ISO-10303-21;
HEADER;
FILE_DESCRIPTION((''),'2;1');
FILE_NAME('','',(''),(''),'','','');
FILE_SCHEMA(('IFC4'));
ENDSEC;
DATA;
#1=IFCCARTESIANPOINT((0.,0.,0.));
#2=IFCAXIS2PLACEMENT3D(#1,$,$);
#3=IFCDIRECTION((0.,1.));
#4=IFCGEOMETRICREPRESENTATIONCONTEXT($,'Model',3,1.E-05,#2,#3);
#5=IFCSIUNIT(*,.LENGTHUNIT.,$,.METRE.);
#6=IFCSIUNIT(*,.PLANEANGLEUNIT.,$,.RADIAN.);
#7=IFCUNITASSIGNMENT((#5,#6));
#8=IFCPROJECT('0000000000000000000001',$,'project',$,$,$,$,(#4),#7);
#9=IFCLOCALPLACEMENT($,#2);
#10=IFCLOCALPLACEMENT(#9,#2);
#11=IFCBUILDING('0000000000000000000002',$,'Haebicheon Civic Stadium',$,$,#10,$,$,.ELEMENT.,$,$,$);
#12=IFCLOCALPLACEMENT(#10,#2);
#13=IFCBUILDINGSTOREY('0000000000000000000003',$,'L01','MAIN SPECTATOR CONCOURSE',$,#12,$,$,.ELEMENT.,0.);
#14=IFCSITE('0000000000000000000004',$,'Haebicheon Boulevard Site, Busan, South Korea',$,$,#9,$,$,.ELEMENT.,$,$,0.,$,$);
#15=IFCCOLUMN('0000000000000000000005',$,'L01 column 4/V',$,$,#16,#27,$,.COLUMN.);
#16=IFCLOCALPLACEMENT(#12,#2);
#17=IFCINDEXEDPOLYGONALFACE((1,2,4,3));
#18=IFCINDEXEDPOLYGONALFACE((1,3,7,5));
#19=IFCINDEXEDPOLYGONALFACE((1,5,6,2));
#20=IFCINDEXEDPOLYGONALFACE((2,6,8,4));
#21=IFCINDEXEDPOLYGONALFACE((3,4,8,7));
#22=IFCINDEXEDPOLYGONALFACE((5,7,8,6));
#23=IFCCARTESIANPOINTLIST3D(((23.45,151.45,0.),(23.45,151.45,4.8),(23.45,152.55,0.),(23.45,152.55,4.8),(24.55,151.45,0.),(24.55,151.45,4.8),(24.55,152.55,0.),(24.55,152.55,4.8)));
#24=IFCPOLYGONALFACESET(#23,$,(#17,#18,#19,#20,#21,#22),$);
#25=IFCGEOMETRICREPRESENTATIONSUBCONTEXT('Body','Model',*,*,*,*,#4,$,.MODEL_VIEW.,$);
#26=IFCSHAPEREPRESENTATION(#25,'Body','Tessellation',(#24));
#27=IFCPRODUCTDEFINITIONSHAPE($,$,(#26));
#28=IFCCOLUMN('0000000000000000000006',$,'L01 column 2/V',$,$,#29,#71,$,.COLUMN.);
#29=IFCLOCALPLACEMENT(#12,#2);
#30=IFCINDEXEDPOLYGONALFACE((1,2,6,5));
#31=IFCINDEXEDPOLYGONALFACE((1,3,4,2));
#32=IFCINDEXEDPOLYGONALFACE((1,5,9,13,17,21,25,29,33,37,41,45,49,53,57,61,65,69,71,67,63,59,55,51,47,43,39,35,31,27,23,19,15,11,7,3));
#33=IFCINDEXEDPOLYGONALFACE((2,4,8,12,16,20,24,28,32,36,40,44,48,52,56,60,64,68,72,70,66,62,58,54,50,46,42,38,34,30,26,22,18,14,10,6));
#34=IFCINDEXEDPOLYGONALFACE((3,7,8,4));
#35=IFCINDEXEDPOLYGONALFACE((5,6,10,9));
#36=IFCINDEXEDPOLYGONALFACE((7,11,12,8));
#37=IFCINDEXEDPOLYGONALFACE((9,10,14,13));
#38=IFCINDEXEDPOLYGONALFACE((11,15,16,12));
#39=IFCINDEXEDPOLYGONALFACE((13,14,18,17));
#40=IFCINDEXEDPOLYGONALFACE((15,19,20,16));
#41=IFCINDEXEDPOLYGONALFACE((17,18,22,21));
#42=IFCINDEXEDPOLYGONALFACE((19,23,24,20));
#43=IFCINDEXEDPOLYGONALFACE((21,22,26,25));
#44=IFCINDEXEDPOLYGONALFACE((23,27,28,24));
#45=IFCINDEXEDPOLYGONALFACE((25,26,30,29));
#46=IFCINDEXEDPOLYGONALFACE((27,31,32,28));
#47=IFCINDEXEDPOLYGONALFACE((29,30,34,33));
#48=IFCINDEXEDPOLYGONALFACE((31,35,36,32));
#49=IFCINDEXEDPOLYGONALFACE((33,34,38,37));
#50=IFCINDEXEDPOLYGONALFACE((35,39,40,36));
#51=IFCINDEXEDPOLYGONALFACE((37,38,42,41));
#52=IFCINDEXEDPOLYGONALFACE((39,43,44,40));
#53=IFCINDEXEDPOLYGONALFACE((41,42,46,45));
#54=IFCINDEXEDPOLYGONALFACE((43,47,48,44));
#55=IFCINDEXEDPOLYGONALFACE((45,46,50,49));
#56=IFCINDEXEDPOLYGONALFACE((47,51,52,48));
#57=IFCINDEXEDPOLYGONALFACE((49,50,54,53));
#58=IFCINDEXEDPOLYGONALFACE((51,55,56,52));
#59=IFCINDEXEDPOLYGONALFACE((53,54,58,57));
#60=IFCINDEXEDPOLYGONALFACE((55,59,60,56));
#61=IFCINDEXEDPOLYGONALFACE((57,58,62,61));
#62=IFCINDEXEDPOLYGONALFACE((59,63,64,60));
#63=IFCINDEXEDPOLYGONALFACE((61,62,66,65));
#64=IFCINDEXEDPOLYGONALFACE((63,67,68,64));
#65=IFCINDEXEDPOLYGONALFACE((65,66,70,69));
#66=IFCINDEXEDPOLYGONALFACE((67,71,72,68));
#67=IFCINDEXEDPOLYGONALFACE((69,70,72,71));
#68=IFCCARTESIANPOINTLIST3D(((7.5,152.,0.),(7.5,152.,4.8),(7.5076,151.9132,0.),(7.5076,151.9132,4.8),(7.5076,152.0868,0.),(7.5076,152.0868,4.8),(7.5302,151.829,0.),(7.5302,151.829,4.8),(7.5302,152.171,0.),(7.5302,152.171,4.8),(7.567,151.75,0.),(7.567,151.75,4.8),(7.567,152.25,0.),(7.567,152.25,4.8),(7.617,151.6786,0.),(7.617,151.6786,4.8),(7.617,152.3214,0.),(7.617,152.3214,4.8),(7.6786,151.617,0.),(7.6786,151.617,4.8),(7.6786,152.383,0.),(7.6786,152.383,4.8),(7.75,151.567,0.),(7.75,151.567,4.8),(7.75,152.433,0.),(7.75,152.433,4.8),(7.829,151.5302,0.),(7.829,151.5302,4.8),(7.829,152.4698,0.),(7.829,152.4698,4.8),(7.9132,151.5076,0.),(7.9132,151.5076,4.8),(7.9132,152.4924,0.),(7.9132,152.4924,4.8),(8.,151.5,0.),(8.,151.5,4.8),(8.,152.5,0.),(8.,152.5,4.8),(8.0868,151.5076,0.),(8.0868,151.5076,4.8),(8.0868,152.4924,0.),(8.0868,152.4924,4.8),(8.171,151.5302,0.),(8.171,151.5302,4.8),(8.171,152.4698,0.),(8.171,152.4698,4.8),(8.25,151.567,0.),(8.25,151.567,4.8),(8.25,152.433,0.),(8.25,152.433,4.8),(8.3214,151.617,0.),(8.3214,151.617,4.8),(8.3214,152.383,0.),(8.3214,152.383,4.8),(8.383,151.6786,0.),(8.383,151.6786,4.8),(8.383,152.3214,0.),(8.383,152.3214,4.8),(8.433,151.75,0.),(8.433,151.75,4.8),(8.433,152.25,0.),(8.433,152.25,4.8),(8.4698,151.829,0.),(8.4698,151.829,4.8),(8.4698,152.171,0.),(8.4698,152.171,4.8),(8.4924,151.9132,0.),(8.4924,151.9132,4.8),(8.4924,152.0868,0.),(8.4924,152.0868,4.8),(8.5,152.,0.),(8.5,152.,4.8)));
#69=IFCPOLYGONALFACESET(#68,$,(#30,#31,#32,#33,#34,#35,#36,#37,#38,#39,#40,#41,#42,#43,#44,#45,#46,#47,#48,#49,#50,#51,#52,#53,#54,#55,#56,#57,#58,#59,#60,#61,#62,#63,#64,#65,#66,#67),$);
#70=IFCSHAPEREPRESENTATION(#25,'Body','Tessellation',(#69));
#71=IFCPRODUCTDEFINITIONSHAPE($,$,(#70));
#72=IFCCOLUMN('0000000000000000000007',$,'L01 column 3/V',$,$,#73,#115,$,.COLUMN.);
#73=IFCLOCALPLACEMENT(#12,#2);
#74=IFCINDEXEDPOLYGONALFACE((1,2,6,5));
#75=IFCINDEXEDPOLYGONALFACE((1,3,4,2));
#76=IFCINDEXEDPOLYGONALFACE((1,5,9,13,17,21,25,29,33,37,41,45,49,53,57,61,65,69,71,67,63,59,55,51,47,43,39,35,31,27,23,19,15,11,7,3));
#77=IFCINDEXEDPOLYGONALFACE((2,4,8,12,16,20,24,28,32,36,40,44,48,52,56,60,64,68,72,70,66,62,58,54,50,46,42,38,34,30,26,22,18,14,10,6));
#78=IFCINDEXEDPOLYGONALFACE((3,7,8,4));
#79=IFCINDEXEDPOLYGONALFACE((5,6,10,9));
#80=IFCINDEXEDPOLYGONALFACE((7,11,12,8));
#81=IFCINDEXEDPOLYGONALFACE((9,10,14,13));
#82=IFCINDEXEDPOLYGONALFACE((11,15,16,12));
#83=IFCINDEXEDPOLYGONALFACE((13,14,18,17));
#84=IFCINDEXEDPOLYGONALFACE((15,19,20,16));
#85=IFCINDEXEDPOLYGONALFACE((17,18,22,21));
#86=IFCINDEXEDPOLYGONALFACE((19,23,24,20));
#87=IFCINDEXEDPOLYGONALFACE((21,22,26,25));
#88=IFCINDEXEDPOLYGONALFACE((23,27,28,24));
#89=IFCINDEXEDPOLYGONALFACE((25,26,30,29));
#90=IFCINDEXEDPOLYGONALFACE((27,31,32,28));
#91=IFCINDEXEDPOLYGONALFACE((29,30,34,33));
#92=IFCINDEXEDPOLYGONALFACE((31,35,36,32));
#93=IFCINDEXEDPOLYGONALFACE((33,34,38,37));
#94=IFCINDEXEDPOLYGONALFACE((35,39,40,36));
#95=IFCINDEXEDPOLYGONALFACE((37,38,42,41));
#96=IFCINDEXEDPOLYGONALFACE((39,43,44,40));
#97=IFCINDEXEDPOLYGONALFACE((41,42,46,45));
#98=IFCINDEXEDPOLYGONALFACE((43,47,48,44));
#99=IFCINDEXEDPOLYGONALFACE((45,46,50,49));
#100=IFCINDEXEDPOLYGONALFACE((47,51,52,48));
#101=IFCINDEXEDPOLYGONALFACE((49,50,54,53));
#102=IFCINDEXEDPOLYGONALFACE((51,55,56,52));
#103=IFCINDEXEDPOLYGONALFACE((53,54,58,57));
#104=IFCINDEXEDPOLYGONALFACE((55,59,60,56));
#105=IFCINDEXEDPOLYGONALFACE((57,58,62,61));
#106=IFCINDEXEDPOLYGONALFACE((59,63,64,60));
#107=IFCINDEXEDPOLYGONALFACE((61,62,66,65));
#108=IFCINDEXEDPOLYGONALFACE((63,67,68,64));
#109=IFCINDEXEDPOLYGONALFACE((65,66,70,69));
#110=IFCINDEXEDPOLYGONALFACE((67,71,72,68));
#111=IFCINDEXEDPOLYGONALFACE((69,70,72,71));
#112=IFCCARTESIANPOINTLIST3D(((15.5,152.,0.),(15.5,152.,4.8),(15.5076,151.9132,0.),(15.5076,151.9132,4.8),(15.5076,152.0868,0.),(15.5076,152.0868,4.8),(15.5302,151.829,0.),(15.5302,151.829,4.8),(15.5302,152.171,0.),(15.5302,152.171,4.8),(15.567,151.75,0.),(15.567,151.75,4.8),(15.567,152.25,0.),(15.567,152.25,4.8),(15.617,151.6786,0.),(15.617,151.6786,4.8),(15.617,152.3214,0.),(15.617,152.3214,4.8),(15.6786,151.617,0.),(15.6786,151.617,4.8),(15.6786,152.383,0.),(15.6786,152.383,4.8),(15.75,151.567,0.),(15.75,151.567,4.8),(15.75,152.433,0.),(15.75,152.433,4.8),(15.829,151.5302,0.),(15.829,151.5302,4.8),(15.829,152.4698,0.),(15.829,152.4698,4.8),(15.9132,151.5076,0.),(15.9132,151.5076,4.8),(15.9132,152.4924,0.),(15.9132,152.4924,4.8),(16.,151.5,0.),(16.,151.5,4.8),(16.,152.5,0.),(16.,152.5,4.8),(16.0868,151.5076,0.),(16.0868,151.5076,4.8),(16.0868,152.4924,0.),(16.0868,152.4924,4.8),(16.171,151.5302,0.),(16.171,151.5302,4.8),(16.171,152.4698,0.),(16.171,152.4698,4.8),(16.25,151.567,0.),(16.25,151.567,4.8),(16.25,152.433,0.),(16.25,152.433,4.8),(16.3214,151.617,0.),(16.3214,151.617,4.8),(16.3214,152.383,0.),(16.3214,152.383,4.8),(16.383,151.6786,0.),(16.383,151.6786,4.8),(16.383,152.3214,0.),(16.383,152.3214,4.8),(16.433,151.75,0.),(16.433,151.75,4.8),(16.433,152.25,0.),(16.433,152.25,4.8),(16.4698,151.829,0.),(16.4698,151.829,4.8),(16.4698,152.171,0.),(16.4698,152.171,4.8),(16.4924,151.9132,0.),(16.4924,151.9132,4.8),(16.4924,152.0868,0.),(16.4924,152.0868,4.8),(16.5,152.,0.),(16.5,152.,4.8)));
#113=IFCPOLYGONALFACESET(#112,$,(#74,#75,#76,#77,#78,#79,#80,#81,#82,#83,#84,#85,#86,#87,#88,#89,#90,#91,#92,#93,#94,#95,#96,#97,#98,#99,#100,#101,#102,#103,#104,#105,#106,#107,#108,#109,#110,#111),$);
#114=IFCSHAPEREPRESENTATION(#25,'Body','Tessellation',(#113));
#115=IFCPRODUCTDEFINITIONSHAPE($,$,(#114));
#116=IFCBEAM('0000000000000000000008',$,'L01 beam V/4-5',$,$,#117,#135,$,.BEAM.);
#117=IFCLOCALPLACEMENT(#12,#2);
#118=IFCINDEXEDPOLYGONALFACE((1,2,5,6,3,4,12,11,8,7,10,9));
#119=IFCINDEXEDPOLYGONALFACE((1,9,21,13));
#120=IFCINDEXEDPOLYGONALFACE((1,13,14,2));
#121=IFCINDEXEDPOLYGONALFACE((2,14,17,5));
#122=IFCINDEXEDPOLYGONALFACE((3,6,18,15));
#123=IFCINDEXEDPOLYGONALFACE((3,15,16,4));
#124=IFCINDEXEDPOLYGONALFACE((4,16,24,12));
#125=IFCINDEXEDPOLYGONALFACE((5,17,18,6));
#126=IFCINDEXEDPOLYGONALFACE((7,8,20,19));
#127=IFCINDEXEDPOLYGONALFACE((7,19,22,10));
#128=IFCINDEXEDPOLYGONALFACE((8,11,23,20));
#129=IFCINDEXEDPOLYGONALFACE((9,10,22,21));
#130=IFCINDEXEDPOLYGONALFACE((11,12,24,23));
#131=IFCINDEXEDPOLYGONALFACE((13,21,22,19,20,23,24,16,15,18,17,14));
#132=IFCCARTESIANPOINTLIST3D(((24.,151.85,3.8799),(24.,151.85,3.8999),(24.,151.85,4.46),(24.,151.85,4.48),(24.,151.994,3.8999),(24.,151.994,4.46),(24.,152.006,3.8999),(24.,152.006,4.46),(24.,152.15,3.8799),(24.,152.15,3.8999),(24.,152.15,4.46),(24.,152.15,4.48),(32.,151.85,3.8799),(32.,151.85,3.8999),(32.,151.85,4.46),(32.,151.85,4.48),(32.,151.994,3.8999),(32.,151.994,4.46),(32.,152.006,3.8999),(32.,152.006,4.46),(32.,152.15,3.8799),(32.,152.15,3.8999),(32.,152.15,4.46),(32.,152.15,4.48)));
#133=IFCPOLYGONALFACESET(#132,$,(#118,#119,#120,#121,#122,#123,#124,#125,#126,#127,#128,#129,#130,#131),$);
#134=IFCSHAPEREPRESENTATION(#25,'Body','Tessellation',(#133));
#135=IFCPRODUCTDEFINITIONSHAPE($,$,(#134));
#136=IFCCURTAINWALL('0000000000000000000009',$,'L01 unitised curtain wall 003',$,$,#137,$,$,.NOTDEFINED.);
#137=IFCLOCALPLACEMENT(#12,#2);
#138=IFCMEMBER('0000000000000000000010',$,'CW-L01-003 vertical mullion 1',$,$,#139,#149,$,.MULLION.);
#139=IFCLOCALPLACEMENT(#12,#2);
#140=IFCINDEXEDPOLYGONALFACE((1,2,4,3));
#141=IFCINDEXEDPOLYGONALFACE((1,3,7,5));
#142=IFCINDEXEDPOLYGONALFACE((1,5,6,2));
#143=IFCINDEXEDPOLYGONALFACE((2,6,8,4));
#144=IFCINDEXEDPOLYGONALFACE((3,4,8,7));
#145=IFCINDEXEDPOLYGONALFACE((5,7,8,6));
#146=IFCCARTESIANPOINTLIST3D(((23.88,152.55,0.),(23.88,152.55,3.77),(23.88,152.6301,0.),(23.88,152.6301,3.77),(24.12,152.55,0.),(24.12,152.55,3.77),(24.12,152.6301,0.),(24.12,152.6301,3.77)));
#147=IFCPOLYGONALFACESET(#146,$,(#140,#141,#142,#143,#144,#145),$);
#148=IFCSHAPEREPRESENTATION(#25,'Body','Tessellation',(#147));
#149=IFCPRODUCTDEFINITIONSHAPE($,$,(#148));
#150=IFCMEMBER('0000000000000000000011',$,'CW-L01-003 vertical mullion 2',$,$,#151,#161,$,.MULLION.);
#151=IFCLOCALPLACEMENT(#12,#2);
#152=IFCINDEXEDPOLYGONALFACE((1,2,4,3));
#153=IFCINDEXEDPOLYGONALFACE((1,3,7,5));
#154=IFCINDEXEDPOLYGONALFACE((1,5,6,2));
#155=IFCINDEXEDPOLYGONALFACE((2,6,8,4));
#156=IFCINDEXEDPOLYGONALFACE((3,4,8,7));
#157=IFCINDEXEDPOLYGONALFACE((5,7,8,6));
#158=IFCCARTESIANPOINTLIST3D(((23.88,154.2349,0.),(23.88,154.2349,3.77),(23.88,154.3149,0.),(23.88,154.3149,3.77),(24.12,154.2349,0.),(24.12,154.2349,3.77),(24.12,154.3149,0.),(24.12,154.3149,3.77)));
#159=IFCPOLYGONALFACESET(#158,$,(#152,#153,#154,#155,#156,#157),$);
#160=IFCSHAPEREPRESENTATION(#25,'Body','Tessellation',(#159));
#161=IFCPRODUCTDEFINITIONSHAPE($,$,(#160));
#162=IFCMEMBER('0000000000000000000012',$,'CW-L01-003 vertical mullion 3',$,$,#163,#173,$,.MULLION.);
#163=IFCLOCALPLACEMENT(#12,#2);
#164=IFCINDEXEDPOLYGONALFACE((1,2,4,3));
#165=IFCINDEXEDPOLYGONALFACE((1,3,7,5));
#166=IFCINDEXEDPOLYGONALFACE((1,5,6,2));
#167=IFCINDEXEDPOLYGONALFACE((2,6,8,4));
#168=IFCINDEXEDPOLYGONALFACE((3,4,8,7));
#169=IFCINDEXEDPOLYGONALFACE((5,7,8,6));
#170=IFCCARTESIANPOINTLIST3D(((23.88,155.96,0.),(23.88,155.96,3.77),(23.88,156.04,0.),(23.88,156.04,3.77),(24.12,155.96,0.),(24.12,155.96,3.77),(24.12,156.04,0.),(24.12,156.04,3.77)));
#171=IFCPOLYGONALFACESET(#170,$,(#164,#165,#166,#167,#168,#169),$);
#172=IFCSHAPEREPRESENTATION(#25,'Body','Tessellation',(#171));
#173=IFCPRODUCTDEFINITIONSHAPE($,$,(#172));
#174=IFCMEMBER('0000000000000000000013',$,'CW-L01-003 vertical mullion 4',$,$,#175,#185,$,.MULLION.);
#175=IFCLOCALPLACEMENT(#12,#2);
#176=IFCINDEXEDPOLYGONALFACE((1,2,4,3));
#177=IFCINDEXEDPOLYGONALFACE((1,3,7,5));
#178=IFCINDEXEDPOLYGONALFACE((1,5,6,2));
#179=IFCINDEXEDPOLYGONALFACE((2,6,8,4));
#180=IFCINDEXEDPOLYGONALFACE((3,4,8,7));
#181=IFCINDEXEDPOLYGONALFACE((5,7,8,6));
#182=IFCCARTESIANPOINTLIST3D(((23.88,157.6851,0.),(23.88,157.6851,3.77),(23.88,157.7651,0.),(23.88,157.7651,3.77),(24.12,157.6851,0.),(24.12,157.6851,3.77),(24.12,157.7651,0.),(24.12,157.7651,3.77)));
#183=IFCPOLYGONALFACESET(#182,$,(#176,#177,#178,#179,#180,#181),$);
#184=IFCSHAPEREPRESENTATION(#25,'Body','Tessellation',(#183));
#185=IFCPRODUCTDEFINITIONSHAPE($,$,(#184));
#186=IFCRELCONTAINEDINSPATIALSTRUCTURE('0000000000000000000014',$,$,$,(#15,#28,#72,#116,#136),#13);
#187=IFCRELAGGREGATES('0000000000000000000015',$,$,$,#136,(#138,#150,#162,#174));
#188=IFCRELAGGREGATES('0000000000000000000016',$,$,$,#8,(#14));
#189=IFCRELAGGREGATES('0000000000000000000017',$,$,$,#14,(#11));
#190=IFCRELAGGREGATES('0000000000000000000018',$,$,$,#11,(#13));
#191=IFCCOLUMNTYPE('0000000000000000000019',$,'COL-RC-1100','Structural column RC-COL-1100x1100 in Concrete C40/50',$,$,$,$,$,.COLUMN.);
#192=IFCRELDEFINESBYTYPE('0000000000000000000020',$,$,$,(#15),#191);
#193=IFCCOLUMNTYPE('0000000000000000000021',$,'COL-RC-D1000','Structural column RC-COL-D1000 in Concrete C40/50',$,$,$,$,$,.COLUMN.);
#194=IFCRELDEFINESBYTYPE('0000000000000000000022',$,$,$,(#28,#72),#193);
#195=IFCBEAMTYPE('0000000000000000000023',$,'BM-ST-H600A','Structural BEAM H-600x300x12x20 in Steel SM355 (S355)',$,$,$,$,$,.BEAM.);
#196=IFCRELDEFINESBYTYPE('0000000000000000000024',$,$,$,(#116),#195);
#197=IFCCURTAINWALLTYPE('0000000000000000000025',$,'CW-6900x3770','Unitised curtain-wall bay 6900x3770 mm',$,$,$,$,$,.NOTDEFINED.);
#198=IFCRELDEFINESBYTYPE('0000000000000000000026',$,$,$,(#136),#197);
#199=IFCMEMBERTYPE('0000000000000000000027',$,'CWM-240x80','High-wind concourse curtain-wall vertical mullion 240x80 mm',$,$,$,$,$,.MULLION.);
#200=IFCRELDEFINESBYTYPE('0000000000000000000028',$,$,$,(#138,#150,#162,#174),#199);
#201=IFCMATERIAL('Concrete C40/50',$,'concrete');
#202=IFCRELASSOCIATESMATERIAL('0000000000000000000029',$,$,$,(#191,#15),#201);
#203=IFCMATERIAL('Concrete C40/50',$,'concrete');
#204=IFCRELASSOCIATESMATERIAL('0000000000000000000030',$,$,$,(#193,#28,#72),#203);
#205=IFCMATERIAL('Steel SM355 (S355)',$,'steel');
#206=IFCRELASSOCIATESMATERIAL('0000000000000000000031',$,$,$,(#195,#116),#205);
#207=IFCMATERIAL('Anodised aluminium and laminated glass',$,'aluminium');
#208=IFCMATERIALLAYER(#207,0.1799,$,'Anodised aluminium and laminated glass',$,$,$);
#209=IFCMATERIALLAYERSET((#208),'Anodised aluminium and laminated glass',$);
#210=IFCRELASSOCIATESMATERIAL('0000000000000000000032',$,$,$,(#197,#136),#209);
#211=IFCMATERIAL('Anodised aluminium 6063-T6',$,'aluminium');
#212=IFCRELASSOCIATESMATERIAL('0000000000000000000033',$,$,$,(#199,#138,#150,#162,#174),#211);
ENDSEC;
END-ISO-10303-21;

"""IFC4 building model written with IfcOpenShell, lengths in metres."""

from ifc_helpers import new_model, si_unit, direction, frame, origin, origin_2d, place, context, subcontext, project, spatial, rectangle, circle, i_section, extrude, material, layer, layer_set, material_profile, profile_set, type_object, element, aggregate, save


model = new_model("IFC4")

# Units and contexts
model_context = context("Model", 3, precision=1e-05, world=origin(), true_north=direction((0.0, 1.0)))
body_context = subcontext(model_context, "Body", "Model", "MODEL_VIEW")
ifc_project = project(units=[si_unit("LENGTHUNIT", "METRE"), si_unit("PLANEANGLEUNIT", "RADIAN")], contexts=[model_context])

# Site, building, storey
site_placement = place(None, origin())
site = spatial("IfcSite", under=ifc_project, at=site_placement, Name="Haebicheon Boulevard Site, Busan, South Korea", CompositionType="ELEMENT", RefElevation=0.0)
building_placement = place(site_placement, origin())
building = spatial("IfcBuilding", under=site, at=building_placement, Name="Haebicheon Civic Stadium", CompositionType="ELEMENT")
storey_placement = place(building_placement, origin())
storey = spatial("IfcBuildingStorey", under=building, at=storey_placement, Name="L01", Description="MAIN SPECTATOR CONCOURSE", CompositionType="ELEMENT", Elevation=0.0)

# Columns
ifc_material_1 = material(Name="Concrete C40/50", Category="concrete")
ifc_material_profile_1 = material_profile(ifc_material_1, rectangle(XDim=1.1001, YDim=1.1001, at=origin_2d()), Name="RC-COL-1100x1100")
ifc_profile_set_1 = profile_set([ifc_material_profile_1], Name="Concrete C40/50")
column_type_1 = type_object("IfcColumnType", Name="COL-RC-1100", Description="Structural column RC-COL-1100x1100 in Concrete C40/50", PredefinedType="COLUMN", material=ifc_profile_set_1)
column_placement = place(storey_placement, frame((24.0, 152.0, 0.0), z_axis=(0.0, 0.0, 1.0), x_axis=(1.0, 0.0, 0.0)))
element("IfcColumn", 1, at=column_placement, inside=storey, type_object=column_type_1, material=ifc_profile_set_1, Name="L01 column 4/V", PredefinedType="COLUMN", context=body_context, shape_type="SweptSolid", body=[
    extrude(rectangle(XDim=1.1001, YDim=1.1001, at=origin_2d()), origin(), (0.0, 0.0, 1.0), 4.8),
])
ifc_material_2 = material(Name="Concrete C40/50", Category="concrete")
ifc_material_profile_2 = material_profile(ifc_material_2, circle(Radius=0.5, at=origin_2d()), Name="RC-COL-D1000")
ifc_profile_set_2 = profile_set([ifc_material_profile_2], Name="Concrete C40/50")
column_type_2 = type_object("IfcColumnType", Name="COL-RC-D1000", Description="Structural column RC-COL-D1000 in Concrete C40/50", PredefinedType="COLUMN", material=ifc_profile_set_2)
for number, where, z_axis, x_axis, name in (
    (2, (8.0, 152.0, 0.0), (0.0, 0.0, 1.0), (1.0, 0.0, 0.0), "L01 column 2/V"),
    (3, (16.0, 152.0, 0.0), (0.0, 0.0, 1.0), (1.0, 0.0, 0.0), "L01 column 3/V"),
):
    element("IfcColumn", number, at=place(storey_placement, frame(where, z_axis=z_axis, x_axis=x_axis)), inside=storey, type_object=column_type_2, material=ifc_profile_set_2, Name=name, PredefinedType="COLUMN", context=body_context, shape_type="SweptSolid", body=[
        extrude(circle(Radius=0.5, at=origin_2d()), origin(), (0.0, 0.0, 1.0), 4.8),
    ])

# Beam
ifc_material_3 = material(Name="Steel SM355 (S355)", Category="steel")
ifc_material_profile_3 = material_profile(ifc_material_3, i_section(OverallWidth=0.3, OverallDepth=0.6001, WebThickness=0.012, FlangeThickness=0.02, at=origin_2d()), Name="H-600x300x12x20")
ifc_profile_set_3 = profile_set([ifc_material_profile_3], Name="Steel SM355 (S355)")
beam_type_1 = type_object("IfcBeamType", Name="BM-ST-H600A", Description="Structural BEAM H-600x300x12x20 in Steel SM355 (S355)", PredefinedType="BEAM", material=ifc_profile_set_3)
beam_placement = place(storey_placement, frame((24.0, 152.0, 4.1799), z_axis=(1.0, 0.0, 0.0), x_axis=(0.0, 1.0, 0.0)))
element("IfcBeam", 4, at=beam_placement, inside=storey, type_object=beam_type_1, material=ifc_profile_set_3, Name="L01 beam V/4-5", PredefinedType="BEAM", context=body_context, shape_type="SweptSolid", body=[
    extrude(i_section(OverallWidth=0.3, OverallDepth=0.6001, WebThickness=0.012, FlangeThickness=0.02, at=origin_2d()), origin(), (0.0, 0.0, 1.0), 8.0),
])

# Curtain wall, members
ifc_material_4 = material(Name="Anodised aluminium and laminated glass", Category="aluminium")
ifc_layer_1 = layer(ifc_material_4, 0.1799, Name="Anodised aluminium and laminated glass")
ifc_layer_set_1 = layer_set([ifc_layer_1], Name="Anodised aluminium and laminated glass")
curtain_wall_type = type_object("IfcCurtainWallType", Name="CW-6900x3770", Description="Unitised curtain-wall bay 6900x3770 mm", PredefinedType="NOTDEFINED", material=ifc_layer_set_1)
curtain_wall_placement = place(storey_placement, origin())
curtain_wall = element("IfcCurtainWall", 5, at=curtain_wall_placement, inside=storey, type_object=curtain_wall_type, material=ifc_layer_set_1, Name="L01 unitised curtain wall 003", PredefinedType="NOTDEFINED")
ifc_material_5 = material(Name="Anodised aluminium 6063-T6", Category="aluminium")
ifc_material_profile_4 = material_profile(ifc_material_5, rectangle(XDim=0.0801, YDim=0.24, at=origin_2d()), Name="ALU-MULL-80x240")
ifc_profile_set_4 = profile_set([ifc_material_profile_4], Name="Anodised aluminium 6063-T6")
member_type_1 = type_object("IfcMemberType", Name="CWM-240x80", Description="High-wind concourse curtain-wall vertical mullion 240x80 mm", PredefinedType="MULLION", material=ifc_profile_set_4)
member_1_placement = place(storey_placement, frame((24.0, 152.5901, 0.0), z_axis=(0.0, 0.0, 1.0), x_axis=(0.0, 1.0, 0.0)))
member_1 = element("IfcMember", 6, at=member_1_placement, type_object=member_type_1, material=ifc_profile_set_4, Name="CW-L01-003 vertical mullion 1", PredefinedType="MULLION", context=body_context, shape_type="SweptSolid", body=[
    extrude(rectangle(XDim=0.0801, YDim=0.24, at=origin_2d()), origin(), (0.0, 0.0, 1.0), 3.77),
])
member_2_placement = place(storey_placement, frame((24.0, 154.2749, 0.0), z_axis=(0.0, 0.0, 1.0), x_axis=(0.0, 1.0, 0.0)))
member_2 = element("IfcMember", 7, at=member_2_placement, type_object=member_type_1, material=ifc_profile_set_4, Name="CW-L01-003 vertical mullion 2", PredefinedType="MULLION", context=body_context, shape_type="SweptSolid", body=[
    extrude(rectangle(XDim=0.0801, YDim=0.24, at=origin_2d()), origin(), (0.0, 0.0, 1.0), 3.77),
])
member_3_placement = place(storey_placement, frame((24.0, 156.0, 0.0), z_axis=(0.0, 0.0, 1.0), x_axis=(0.0, 1.0, 0.0)))
member_3 = element("IfcMember", 8, at=member_3_placement, type_object=member_type_1, material=ifc_profile_set_4, Name="CW-L01-003 vertical mullion 3", PredefinedType="MULLION", context=body_context, shape_type="SweptSolid", body=[
    extrude(rectangle(XDim=0.0801, YDim=0.24, at=origin_2d()), origin(), (0.0, 0.0, 1.0), 3.77),
])
member_4_placement = place(storey_placement, frame((24.0, 157.7251, 0.0), z_axis=(0.0, 0.0, 1.0), x_axis=(0.0, 1.0, 0.0)))
member_4 = element("IfcMember", 9, at=member_4_placement, type_object=member_type_1, material=ifc_profile_set_4, Name="CW-L01-003 vertical mullion 4", PredefinedType="MULLION", context=body_context, shape_type="SweptSolid", body=[
    extrude(rectangle(XDim=0.0801, YDim=0.24, at=origin_2d()), origin(), (0.0, 0.0, 1.0), 3.77),
])

aggregate(curtain_wall, [member_1, member_2, member_3, member_4])

save(model, "model.ifc")
